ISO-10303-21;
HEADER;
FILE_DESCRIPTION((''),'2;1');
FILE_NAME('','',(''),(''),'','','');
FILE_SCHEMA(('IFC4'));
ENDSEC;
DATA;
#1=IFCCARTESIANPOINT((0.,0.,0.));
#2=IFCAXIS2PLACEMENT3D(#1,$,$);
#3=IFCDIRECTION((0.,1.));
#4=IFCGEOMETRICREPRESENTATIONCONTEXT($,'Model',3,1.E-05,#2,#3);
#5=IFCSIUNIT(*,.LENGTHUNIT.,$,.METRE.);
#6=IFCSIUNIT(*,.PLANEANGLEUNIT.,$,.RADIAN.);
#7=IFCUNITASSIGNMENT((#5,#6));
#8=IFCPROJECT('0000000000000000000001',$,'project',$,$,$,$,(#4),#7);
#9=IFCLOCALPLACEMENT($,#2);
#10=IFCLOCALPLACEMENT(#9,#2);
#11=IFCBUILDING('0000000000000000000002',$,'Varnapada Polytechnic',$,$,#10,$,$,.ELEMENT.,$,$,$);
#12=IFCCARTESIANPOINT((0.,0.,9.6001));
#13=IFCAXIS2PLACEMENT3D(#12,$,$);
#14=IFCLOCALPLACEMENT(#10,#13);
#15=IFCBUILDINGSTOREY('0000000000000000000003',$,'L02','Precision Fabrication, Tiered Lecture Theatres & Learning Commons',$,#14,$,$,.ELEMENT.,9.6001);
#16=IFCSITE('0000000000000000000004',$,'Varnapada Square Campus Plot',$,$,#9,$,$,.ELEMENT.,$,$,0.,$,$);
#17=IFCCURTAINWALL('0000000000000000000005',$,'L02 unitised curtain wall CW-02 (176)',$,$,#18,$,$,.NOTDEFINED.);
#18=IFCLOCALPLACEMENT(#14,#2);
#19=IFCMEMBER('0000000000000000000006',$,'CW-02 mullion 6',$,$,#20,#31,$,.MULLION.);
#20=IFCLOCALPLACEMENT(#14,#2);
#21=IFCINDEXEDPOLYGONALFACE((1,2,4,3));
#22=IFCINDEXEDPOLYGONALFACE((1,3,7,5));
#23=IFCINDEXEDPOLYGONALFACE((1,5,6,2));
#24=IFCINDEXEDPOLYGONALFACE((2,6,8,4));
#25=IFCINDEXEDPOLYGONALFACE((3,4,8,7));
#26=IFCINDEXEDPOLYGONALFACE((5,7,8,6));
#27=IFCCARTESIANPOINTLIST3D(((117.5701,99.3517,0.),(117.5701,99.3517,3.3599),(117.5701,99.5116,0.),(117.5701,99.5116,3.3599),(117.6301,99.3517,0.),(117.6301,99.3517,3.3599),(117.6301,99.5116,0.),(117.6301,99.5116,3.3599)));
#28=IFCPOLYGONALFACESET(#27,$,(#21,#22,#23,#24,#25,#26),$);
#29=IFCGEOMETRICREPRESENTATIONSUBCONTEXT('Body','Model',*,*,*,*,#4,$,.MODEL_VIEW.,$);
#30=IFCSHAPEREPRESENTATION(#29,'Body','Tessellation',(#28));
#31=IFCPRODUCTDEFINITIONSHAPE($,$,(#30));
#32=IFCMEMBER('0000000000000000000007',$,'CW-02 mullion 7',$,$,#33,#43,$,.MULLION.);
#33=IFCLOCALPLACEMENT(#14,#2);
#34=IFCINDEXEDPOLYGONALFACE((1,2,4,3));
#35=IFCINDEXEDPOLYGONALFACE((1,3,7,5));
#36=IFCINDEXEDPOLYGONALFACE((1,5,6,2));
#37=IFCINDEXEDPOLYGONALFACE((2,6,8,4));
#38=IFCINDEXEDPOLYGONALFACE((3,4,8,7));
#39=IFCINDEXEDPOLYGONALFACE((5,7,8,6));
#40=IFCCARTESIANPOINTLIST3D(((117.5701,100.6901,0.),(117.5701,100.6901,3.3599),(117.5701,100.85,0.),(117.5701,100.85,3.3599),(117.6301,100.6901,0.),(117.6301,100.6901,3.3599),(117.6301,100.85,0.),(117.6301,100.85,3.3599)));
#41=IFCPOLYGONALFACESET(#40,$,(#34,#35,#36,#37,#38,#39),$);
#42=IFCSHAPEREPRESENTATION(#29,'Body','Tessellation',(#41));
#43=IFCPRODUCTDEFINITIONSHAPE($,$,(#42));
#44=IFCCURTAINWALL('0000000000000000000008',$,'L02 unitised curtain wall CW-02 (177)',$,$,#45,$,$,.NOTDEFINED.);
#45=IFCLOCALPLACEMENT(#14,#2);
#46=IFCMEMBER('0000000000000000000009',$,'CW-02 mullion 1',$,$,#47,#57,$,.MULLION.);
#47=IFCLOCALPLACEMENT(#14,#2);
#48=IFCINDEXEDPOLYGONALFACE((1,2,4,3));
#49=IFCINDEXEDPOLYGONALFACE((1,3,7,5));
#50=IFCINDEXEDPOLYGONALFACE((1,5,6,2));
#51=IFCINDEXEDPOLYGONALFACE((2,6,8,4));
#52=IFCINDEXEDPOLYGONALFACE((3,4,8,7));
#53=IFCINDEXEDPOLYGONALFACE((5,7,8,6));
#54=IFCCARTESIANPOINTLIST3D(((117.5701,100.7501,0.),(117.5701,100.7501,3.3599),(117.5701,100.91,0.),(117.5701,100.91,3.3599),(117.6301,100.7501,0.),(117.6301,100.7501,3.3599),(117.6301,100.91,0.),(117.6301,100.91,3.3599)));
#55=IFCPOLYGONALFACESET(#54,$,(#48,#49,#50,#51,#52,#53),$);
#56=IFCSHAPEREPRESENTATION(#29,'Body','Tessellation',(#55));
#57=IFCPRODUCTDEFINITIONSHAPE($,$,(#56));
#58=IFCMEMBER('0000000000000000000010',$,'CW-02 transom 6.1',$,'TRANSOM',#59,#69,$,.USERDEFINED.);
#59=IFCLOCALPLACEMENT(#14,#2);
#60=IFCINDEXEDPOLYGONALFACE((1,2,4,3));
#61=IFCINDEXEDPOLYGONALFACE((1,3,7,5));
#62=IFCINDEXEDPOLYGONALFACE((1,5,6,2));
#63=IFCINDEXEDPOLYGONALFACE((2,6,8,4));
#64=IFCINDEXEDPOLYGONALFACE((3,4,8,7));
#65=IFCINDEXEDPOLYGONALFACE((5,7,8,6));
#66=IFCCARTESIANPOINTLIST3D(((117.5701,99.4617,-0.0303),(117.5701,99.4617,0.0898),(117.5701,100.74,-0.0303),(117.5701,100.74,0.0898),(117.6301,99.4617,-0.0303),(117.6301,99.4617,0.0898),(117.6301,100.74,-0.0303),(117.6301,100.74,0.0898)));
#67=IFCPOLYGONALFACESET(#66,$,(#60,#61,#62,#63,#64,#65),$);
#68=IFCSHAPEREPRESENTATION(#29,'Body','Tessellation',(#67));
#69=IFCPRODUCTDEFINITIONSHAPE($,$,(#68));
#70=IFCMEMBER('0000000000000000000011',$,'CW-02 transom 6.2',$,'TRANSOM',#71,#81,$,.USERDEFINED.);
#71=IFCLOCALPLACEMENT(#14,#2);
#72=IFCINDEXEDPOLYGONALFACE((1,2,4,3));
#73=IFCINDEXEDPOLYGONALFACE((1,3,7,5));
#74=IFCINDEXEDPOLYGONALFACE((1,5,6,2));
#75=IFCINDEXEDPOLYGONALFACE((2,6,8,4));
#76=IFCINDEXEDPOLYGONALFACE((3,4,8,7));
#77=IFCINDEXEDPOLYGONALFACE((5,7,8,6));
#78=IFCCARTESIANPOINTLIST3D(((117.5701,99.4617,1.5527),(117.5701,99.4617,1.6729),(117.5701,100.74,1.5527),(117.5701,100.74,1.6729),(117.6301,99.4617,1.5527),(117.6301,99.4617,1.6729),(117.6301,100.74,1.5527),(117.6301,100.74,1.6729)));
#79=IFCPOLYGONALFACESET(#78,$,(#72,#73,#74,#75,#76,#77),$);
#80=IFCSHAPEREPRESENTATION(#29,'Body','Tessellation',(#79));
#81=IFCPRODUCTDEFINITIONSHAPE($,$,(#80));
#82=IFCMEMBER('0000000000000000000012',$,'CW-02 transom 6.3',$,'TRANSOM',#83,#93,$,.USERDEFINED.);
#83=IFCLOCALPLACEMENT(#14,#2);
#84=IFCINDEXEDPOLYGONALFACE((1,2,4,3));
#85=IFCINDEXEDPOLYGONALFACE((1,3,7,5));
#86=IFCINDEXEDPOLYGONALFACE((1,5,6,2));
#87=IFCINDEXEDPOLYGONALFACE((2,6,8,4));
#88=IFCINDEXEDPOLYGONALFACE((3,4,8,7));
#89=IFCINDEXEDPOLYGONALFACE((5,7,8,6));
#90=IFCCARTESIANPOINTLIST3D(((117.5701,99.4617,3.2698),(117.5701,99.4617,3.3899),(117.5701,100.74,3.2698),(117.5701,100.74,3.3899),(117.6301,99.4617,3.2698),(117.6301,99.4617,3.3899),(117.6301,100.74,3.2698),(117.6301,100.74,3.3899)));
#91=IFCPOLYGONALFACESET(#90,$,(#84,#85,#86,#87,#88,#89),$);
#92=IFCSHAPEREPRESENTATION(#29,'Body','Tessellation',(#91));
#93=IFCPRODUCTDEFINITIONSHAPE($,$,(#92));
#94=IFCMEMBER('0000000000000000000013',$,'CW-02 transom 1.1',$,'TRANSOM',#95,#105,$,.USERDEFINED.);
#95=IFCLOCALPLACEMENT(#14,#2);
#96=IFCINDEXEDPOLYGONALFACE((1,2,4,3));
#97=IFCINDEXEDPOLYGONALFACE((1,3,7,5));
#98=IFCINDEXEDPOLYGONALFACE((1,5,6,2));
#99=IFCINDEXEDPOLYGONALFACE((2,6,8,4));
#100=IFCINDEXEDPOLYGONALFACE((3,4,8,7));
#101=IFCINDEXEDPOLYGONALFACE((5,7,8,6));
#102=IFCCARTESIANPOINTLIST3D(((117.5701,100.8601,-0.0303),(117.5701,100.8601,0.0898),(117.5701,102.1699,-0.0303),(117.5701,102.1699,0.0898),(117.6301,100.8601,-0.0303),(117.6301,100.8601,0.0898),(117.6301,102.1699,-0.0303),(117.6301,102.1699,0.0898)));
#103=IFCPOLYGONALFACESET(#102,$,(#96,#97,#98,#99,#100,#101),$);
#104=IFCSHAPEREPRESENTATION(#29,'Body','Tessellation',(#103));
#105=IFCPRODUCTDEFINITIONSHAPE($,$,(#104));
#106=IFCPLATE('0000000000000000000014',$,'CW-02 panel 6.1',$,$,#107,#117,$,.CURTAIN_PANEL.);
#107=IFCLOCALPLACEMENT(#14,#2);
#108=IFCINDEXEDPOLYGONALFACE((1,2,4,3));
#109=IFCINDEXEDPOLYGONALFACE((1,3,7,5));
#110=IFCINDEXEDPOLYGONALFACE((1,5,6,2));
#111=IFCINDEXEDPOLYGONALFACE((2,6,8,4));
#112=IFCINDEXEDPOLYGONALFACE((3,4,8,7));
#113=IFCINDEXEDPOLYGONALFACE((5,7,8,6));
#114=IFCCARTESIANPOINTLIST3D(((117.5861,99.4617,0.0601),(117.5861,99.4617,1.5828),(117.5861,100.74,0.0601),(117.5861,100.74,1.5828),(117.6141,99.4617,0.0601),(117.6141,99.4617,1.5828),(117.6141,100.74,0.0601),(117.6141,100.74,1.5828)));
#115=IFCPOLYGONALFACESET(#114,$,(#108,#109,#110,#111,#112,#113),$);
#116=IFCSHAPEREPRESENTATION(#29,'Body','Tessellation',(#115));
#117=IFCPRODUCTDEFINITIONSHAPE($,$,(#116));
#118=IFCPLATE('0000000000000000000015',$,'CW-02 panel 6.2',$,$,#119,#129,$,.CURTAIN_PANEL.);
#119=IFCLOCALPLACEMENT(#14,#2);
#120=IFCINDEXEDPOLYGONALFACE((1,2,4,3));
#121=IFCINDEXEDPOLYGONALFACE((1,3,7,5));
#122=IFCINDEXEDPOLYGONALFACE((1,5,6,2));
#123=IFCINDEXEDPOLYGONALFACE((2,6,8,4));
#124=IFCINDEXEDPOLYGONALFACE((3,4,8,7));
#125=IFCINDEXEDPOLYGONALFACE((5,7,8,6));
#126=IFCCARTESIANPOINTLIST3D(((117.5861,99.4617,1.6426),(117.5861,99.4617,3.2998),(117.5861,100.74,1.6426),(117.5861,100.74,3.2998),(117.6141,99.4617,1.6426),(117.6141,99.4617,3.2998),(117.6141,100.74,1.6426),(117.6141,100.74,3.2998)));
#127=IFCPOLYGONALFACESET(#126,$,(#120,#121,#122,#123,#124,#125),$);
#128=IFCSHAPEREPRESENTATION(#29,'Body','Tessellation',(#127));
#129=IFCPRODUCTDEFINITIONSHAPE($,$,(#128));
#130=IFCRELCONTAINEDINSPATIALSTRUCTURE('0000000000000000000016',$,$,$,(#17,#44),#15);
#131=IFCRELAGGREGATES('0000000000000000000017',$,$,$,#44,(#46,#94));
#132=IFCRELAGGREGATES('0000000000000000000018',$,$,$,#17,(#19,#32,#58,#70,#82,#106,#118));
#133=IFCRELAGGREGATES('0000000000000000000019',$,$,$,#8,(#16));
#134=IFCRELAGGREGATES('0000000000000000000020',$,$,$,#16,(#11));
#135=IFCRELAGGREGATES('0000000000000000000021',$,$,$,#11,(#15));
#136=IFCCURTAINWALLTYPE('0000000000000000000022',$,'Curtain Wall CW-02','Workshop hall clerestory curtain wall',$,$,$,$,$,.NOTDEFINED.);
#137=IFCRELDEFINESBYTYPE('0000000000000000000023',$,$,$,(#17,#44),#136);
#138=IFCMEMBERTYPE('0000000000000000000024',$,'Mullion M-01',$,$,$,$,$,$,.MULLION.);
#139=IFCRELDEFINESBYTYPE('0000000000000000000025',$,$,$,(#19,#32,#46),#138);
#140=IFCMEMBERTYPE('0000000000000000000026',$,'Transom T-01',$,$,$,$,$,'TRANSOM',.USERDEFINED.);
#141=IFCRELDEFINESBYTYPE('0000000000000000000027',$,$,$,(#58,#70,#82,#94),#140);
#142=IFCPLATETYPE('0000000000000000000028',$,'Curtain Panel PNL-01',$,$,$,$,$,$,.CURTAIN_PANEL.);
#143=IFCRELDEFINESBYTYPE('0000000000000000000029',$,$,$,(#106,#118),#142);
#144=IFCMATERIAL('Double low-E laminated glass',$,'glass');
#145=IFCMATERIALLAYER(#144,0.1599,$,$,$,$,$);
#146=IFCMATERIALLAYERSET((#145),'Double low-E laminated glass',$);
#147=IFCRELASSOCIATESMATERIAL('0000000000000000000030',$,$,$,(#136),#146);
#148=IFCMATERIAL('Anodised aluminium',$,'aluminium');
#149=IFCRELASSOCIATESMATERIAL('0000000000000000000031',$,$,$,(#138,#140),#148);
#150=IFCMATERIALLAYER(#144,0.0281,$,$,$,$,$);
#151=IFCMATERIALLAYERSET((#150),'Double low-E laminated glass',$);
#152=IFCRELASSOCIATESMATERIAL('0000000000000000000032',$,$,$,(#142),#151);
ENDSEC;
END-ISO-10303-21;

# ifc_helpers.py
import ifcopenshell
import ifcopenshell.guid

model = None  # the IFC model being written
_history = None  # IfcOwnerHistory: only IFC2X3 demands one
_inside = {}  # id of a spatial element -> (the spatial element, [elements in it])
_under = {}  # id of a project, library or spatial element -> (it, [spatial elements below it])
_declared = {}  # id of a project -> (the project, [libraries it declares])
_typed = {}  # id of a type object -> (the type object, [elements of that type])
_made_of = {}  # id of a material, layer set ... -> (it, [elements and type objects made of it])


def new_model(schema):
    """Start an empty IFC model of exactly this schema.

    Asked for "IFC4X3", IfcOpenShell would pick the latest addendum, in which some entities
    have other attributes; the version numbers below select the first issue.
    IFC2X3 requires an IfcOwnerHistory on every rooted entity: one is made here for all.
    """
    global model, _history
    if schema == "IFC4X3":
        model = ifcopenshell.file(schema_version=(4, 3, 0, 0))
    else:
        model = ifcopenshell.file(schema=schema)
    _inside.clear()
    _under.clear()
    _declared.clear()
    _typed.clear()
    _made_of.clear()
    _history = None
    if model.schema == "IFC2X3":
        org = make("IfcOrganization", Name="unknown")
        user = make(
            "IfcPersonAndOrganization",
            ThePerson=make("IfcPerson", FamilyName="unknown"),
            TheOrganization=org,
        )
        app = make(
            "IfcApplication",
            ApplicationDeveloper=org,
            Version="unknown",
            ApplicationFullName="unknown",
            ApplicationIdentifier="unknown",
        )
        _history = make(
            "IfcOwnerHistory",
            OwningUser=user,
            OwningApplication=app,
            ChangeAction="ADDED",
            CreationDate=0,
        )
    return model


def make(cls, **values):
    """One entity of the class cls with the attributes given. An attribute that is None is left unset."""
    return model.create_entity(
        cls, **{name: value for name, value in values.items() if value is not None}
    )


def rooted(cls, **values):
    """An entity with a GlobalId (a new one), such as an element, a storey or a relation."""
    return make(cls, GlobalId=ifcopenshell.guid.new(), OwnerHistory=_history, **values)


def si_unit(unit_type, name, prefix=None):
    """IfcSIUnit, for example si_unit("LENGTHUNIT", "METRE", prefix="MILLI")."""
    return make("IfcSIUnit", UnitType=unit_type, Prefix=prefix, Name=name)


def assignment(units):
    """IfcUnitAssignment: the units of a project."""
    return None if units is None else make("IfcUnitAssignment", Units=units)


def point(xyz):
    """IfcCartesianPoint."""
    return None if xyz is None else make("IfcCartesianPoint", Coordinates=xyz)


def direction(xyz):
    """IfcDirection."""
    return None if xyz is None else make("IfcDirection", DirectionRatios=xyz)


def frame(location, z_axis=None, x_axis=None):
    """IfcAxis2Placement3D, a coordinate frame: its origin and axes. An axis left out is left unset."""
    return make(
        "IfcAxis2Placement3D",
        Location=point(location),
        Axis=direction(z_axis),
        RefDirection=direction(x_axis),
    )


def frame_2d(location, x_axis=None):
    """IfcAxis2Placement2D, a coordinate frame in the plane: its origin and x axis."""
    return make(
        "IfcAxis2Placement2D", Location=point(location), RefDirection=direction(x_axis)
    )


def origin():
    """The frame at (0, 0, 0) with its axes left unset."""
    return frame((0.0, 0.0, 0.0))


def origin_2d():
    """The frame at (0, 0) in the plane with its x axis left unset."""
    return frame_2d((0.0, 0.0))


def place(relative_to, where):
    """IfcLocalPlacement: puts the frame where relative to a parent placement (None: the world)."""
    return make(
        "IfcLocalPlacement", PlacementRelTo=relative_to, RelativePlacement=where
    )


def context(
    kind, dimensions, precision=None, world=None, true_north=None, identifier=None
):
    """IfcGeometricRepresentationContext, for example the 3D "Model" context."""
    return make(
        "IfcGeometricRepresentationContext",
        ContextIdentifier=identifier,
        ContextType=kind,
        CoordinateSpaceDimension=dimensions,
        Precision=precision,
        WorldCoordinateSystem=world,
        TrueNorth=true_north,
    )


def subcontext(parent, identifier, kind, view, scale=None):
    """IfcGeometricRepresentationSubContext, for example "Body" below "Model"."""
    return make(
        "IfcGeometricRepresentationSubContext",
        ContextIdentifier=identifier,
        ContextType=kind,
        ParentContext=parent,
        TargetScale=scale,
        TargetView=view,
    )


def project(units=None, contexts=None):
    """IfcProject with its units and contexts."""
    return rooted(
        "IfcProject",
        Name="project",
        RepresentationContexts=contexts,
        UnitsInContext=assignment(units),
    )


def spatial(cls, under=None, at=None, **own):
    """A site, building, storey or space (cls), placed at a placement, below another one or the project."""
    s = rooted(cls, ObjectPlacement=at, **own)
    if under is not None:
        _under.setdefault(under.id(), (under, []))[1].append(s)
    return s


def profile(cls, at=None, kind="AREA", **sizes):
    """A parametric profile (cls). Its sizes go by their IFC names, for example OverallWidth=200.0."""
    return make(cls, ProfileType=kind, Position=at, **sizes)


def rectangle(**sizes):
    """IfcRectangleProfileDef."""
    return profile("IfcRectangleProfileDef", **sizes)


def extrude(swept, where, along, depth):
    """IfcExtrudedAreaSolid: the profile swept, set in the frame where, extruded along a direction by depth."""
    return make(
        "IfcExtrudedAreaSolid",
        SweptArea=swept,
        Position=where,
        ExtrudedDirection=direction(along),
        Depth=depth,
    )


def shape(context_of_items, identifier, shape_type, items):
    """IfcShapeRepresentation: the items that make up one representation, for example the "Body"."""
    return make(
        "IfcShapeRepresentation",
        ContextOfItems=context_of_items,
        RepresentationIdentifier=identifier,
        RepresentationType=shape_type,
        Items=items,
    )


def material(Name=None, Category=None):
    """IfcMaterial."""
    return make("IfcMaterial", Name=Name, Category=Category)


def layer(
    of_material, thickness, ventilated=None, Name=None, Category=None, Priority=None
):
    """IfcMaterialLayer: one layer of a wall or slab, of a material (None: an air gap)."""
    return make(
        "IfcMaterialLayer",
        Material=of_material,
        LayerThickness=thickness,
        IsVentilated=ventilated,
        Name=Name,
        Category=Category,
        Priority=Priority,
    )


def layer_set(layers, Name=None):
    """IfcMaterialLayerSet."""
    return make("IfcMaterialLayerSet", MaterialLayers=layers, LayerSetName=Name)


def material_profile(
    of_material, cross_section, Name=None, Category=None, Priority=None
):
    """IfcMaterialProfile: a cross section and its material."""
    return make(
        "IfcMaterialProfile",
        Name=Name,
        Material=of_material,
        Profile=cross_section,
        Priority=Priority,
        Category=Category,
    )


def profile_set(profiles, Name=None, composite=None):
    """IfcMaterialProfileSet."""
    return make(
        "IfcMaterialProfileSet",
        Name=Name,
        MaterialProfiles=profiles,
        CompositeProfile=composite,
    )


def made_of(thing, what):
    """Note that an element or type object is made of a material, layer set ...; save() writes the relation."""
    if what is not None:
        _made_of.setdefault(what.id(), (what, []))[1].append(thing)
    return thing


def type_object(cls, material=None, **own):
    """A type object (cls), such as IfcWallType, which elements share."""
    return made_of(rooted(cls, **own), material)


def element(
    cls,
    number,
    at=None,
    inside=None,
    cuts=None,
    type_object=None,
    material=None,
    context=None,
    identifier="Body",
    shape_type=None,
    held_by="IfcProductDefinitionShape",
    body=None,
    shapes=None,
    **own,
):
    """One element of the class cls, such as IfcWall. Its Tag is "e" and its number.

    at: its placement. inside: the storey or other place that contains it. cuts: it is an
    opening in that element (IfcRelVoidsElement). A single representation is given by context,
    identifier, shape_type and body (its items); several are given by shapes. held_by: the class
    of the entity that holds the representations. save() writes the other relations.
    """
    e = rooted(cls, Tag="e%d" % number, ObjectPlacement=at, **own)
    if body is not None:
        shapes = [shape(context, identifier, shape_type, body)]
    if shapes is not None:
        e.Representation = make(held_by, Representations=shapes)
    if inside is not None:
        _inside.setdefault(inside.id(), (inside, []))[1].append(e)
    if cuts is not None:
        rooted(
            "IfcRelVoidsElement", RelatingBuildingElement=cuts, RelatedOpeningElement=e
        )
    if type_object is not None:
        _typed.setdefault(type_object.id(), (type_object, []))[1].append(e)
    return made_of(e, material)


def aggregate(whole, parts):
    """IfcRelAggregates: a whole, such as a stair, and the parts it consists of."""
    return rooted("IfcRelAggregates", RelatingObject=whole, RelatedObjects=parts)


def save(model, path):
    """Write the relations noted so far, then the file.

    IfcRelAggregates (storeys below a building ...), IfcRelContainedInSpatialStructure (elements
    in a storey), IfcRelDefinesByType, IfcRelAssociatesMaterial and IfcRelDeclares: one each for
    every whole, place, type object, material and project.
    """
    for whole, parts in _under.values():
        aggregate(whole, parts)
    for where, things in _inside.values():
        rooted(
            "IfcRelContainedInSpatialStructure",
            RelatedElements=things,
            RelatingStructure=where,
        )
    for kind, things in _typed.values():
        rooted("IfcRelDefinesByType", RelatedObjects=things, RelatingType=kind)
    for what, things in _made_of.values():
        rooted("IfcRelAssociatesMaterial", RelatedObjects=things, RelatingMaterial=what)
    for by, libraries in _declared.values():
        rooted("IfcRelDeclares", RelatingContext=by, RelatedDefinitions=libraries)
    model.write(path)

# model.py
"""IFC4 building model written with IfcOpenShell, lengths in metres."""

from ifc_helpers import new_model, si_unit, direction, frame, origin, origin_2d, place, context, subcontext, project, spatial, rectangle, extrude, material, layer, layer_set, material_profile, profile_set, type_object, element, aggregate, save


model = new_model("IFC4")

# Units and contexts
model_context = context("Model", 3, precision=1e-05, world=origin(), true_north=direction((0.0, 1.0)))
body_context = subcontext(model_context, "Body", "Model", "MODEL_VIEW")
ifc_project = project(units=[si_unit("LENGTHUNIT", "METRE"), si_unit("PLANEANGLEUNIT", "RADIAN")], contexts=[model_context])

# Site, building, storey
site_placement = place(None, origin())
site = spatial("IfcSite", under=ifc_project, at=site_placement, Name="Varnapada Square Campus Plot", CompositionType="ELEMENT", RefElevation=0.0)
building_placement = place(site_placement, origin())
building = spatial("IfcBuilding", under=site, at=building_placement, Name="Varnapada Polytechnic", CompositionType="ELEMENT")
storey_placement = place(building_placement, frame((0.0, 0.0, 9.6001)))
storey = spatial("IfcBuildingStorey", under=building, at=storey_placement, Name="L02", Description="Precision Fabrication, Tiered Lecture Theatres & Learning Commons", CompositionType="ELEMENT", Elevation=9.6001)

# Curtain wall, members
ifc_material_1 = material(Name="Double low-E laminated glass", Category="glass")
ifc_layer_1 = layer(ifc_material_1, 0.1599)
ifc_layer_set_1 = layer_set([ifc_layer_1], Name="Double low-E laminated glass")
curtain_wall_type = type_object("IfcCurtainWallType", Name="Curtain Wall CW-02", Description="Workshop hall clerestory curtain wall", PredefinedType="NOTDEFINED", material=ifc_layer_set_1)
curtain_wall_1_placement = place(storey_placement, origin())
curtain_wall_1 = element("IfcCurtainWall", 1, at=curtain_wall_1_placement, inside=storey, type_object=curtain_wall_type, Name="L02 unitised curtain wall CW-02 (176)", PredefinedType="NOTDEFINED")
ifc_material_2 = material(Name="Anodised aluminium", Category="aluminium")
ifc_material_profile_1 = material_profile(ifc_material_2, rectangle(XDim=0.0601, YDim=0.1599, at=origin_2d()), Name="ALU M60x160")
ifc_profile_set_1 = profile_set([ifc_material_profile_1], Name="Anodised aluminium")
member_type_1 = type_object("IfcMemberType", Name="Mullion M-01", PredefinedType="MULLION", material=ifc_profile_set_1)
member_1_placement = place(storey_placement, frame((117.6001, 99.4316, 0.0), z_axis=(0.0, 0.0, 1.0), x_axis=(-1.0, 0.0, 0.0)))
member_1 = element("IfcMember", 2, at=member_1_placement, type_object=member_type_1, Name="CW-02 mullion 6", PredefinedType="MULLION", context=body_context, shape_type="SweptSolid", body=[
    extrude(rectangle(XDim=0.0601, YDim=0.1599, at=origin_2d()), origin(), (0.0, 0.0, 1.0), 3.3599),
])
member_2_placement = place(storey_placement, frame((117.6001, 100.77, 0.0), z_axis=(0.0, 0.0, 1.0), x_axis=(-1.0, 0.0, 0.0)))
member_2 = element("IfcMember", 3, at=member_2_placement, type_object=member_type_1, Name="CW-02 mullion 7", PredefinedType="MULLION", context=body_context, shape_type="SweptSolid", body=[
    extrude(rectangle(XDim=0.0601, YDim=0.1599, at=origin_2d()), origin(), (0.0, 0.0, 1.0), 3.3599),
])

# Curtain wall, member
curtain_wall_2_placement = place(storey_placement, origin())
curtain_wall_2 = element("IfcCurtainWall", 4, at=curtain_wall_2_placement, inside=storey, type_object=curtain_wall_type, Name="L02 unitised curtain wall CW-02 (177)", PredefinedType="NOTDEFINED")
member_3_placement = place(storey_placement, frame((117.6001, 100.8301, 0.0), z_axis=(0.0, 0.0, 1.0), x_axis=(-1.0, 0.0, 0.0)))
member_3 = element("IfcMember", 5, at=member_3_placement, type_object=member_type_1, Name="CW-02 mullion 1", PredefinedType="MULLION", context=body_context, shape_type="SweptSolid", body=[
    extrude(rectangle(XDim=0.0601, YDim=0.1599, at=origin_2d()), origin(), (0.0, 0.0, 1.0), 3.3599),
])

# Members
ifc_material_profile_2 = material_profile(ifc_material_2, rectangle(XDim=0.0601, YDim=0.1201, at=origin_2d()), Name="ALU T60x120")
ifc_profile_set_2 = profile_set([ifc_material_profile_2], Name="Anodised aluminium")
member_type_2 = type_object("IfcMemberType", Name="Transom T-01", ElementType="TRANSOM", PredefinedType="USERDEFINED", material=ifc_profile_set_2)
member_4_placement = place(storey_placement, frame((117.6001, 99.4617, 0.0298), z_axis=(0.0, 1.0, 0.0), x_axis=(-1.0, 0.0, 0.0)))
member_4 = element("IfcMember", 6, at=member_4_placement, type_object=member_type_2, Name="CW-02 transom 6.1", ObjectType="TRANSOM", PredefinedType="USERDEFINED", context=body_context, shape_type="SweptSolid", body=[
    extrude(rectangle(XDim=0.0601, YDim=0.1201, at=origin_2d()), origin(), (0.0, 0.0, 1.0), 1.2783),
])
member_5_placement = place(storey_placement, frame((117.6001, 99.4617, 1.6128), z_axis=(0.0, 1.0, 0.0), x_axis=(-1.0, 0.0, 0.0)))
member_5 = element("IfcMember", 7, at=member_5_placement, type_object=member_type_2, Name="CW-02 transom 6.2", ObjectType="TRANSOM", PredefinedType="USERDEFINED", context=body_context, shape_type="SweptSolid", body=[
    extrude(rectangle(XDim=0.0601, YDim=0.1201, at=origin_2d()), origin(), (0.0, 0.0, 1.0), 1.2783),
])
member_6_placement = place(storey_placement, frame((117.6001, 99.4617, 3.3298), z_axis=(0.0, 1.0, 0.0), x_axis=(-1.0, 0.0, 0.0)))
member_6 = element("IfcMember", 8, at=member_6_placement, type_object=member_type_2, Name="CW-02 transom 6.3", ObjectType="TRANSOM", PredefinedType="USERDEFINED", context=body_context, shape_type="SweptSolid", body=[
    extrude(rectangle(XDim=0.0601, YDim=0.1201, at=origin_2d()), origin(), (0.0, 0.0, 1.0), 1.2783),
])
member_7_placement = place(storey_placement, frame((117.6001, 100.8601, 0.0298), z_axis=(0.0, 1.0, 0.0), x_axis=(-1.0, 0.0, 0.0)))
member_7 = element("IfcMember", 9, at=member_7_placement, type_object=member_type_2, Name="CW-02 transom 1.1", ObjectType="TRANSOM", PredefinedType="USERDEFINED", context=body_context, shape_type="SweptSolid", body=[
    extrude(rectangle(XDim=0.0601, YDim=0.1201, at=origin_2d()), origin(), (0.0, 0.0, 1.0), 1.3098),
])
aggregate(curtain_wall_2, [member_3, member_7])

# Plates
ifc_layer_2 = layer(ifc_material_1, 0.0281)
ifc_layer_set_2 = layer_set([ifc_layer_2], Name="Double low-E laminated glass")
plate_type = type_object("IfcPlateType", Name="Curtain Panel PNL-01", PredefinedType="CURTAIN_PANEL", material=ifc_layer_set_2)
plate_1_placement = place(storey_placement, frame((117.6001, 100.1008, 0.0601), z_axis=(0.0, 0.0, 1.0), x_axis=(0.0, 1.0, 0.0)))
plate_1 = element("IfcPlate", 10, at=plate_1_placement, type_object=plate_type, Name="CW-02 panel 6.1", PredefinedType="CURTAIN_PANEL", context=body_context, shape_type="SweptSolid", body=[
    extrude(rectangle(XDim=1.2783, YDim=0.0281, at=origin_2d()), origin(), (0.0, 0.0, 1.0), 1.5227),
])
plate_2_placement = place(storey_placement, frame((117.6001, 100.1008, 1.6426), z_axis=(0.0, 0.0, 1.0), x_axis=(0.0, 1.0, 0.0)))
plate_2 = element("IfcPlate", 11, at=plate_2_placement, type_object=plate_type, Name="CW-02 panel 6.2", PredefinedType="CURTAIN_PANEL", context=body_context, shape_type="SweptSolid", body=[
    extrude(rectangle(XDim=1.2783, YDim=0.0281, at=origin_2d()), origin(), (0.0, 0.0, 1.0), 1.6572),
])
aggregate(curtain_wall_1, [member_1, member_2, member_4, member_5, member_6, plate_1, plate_2])

save(model, "model.ifc")
